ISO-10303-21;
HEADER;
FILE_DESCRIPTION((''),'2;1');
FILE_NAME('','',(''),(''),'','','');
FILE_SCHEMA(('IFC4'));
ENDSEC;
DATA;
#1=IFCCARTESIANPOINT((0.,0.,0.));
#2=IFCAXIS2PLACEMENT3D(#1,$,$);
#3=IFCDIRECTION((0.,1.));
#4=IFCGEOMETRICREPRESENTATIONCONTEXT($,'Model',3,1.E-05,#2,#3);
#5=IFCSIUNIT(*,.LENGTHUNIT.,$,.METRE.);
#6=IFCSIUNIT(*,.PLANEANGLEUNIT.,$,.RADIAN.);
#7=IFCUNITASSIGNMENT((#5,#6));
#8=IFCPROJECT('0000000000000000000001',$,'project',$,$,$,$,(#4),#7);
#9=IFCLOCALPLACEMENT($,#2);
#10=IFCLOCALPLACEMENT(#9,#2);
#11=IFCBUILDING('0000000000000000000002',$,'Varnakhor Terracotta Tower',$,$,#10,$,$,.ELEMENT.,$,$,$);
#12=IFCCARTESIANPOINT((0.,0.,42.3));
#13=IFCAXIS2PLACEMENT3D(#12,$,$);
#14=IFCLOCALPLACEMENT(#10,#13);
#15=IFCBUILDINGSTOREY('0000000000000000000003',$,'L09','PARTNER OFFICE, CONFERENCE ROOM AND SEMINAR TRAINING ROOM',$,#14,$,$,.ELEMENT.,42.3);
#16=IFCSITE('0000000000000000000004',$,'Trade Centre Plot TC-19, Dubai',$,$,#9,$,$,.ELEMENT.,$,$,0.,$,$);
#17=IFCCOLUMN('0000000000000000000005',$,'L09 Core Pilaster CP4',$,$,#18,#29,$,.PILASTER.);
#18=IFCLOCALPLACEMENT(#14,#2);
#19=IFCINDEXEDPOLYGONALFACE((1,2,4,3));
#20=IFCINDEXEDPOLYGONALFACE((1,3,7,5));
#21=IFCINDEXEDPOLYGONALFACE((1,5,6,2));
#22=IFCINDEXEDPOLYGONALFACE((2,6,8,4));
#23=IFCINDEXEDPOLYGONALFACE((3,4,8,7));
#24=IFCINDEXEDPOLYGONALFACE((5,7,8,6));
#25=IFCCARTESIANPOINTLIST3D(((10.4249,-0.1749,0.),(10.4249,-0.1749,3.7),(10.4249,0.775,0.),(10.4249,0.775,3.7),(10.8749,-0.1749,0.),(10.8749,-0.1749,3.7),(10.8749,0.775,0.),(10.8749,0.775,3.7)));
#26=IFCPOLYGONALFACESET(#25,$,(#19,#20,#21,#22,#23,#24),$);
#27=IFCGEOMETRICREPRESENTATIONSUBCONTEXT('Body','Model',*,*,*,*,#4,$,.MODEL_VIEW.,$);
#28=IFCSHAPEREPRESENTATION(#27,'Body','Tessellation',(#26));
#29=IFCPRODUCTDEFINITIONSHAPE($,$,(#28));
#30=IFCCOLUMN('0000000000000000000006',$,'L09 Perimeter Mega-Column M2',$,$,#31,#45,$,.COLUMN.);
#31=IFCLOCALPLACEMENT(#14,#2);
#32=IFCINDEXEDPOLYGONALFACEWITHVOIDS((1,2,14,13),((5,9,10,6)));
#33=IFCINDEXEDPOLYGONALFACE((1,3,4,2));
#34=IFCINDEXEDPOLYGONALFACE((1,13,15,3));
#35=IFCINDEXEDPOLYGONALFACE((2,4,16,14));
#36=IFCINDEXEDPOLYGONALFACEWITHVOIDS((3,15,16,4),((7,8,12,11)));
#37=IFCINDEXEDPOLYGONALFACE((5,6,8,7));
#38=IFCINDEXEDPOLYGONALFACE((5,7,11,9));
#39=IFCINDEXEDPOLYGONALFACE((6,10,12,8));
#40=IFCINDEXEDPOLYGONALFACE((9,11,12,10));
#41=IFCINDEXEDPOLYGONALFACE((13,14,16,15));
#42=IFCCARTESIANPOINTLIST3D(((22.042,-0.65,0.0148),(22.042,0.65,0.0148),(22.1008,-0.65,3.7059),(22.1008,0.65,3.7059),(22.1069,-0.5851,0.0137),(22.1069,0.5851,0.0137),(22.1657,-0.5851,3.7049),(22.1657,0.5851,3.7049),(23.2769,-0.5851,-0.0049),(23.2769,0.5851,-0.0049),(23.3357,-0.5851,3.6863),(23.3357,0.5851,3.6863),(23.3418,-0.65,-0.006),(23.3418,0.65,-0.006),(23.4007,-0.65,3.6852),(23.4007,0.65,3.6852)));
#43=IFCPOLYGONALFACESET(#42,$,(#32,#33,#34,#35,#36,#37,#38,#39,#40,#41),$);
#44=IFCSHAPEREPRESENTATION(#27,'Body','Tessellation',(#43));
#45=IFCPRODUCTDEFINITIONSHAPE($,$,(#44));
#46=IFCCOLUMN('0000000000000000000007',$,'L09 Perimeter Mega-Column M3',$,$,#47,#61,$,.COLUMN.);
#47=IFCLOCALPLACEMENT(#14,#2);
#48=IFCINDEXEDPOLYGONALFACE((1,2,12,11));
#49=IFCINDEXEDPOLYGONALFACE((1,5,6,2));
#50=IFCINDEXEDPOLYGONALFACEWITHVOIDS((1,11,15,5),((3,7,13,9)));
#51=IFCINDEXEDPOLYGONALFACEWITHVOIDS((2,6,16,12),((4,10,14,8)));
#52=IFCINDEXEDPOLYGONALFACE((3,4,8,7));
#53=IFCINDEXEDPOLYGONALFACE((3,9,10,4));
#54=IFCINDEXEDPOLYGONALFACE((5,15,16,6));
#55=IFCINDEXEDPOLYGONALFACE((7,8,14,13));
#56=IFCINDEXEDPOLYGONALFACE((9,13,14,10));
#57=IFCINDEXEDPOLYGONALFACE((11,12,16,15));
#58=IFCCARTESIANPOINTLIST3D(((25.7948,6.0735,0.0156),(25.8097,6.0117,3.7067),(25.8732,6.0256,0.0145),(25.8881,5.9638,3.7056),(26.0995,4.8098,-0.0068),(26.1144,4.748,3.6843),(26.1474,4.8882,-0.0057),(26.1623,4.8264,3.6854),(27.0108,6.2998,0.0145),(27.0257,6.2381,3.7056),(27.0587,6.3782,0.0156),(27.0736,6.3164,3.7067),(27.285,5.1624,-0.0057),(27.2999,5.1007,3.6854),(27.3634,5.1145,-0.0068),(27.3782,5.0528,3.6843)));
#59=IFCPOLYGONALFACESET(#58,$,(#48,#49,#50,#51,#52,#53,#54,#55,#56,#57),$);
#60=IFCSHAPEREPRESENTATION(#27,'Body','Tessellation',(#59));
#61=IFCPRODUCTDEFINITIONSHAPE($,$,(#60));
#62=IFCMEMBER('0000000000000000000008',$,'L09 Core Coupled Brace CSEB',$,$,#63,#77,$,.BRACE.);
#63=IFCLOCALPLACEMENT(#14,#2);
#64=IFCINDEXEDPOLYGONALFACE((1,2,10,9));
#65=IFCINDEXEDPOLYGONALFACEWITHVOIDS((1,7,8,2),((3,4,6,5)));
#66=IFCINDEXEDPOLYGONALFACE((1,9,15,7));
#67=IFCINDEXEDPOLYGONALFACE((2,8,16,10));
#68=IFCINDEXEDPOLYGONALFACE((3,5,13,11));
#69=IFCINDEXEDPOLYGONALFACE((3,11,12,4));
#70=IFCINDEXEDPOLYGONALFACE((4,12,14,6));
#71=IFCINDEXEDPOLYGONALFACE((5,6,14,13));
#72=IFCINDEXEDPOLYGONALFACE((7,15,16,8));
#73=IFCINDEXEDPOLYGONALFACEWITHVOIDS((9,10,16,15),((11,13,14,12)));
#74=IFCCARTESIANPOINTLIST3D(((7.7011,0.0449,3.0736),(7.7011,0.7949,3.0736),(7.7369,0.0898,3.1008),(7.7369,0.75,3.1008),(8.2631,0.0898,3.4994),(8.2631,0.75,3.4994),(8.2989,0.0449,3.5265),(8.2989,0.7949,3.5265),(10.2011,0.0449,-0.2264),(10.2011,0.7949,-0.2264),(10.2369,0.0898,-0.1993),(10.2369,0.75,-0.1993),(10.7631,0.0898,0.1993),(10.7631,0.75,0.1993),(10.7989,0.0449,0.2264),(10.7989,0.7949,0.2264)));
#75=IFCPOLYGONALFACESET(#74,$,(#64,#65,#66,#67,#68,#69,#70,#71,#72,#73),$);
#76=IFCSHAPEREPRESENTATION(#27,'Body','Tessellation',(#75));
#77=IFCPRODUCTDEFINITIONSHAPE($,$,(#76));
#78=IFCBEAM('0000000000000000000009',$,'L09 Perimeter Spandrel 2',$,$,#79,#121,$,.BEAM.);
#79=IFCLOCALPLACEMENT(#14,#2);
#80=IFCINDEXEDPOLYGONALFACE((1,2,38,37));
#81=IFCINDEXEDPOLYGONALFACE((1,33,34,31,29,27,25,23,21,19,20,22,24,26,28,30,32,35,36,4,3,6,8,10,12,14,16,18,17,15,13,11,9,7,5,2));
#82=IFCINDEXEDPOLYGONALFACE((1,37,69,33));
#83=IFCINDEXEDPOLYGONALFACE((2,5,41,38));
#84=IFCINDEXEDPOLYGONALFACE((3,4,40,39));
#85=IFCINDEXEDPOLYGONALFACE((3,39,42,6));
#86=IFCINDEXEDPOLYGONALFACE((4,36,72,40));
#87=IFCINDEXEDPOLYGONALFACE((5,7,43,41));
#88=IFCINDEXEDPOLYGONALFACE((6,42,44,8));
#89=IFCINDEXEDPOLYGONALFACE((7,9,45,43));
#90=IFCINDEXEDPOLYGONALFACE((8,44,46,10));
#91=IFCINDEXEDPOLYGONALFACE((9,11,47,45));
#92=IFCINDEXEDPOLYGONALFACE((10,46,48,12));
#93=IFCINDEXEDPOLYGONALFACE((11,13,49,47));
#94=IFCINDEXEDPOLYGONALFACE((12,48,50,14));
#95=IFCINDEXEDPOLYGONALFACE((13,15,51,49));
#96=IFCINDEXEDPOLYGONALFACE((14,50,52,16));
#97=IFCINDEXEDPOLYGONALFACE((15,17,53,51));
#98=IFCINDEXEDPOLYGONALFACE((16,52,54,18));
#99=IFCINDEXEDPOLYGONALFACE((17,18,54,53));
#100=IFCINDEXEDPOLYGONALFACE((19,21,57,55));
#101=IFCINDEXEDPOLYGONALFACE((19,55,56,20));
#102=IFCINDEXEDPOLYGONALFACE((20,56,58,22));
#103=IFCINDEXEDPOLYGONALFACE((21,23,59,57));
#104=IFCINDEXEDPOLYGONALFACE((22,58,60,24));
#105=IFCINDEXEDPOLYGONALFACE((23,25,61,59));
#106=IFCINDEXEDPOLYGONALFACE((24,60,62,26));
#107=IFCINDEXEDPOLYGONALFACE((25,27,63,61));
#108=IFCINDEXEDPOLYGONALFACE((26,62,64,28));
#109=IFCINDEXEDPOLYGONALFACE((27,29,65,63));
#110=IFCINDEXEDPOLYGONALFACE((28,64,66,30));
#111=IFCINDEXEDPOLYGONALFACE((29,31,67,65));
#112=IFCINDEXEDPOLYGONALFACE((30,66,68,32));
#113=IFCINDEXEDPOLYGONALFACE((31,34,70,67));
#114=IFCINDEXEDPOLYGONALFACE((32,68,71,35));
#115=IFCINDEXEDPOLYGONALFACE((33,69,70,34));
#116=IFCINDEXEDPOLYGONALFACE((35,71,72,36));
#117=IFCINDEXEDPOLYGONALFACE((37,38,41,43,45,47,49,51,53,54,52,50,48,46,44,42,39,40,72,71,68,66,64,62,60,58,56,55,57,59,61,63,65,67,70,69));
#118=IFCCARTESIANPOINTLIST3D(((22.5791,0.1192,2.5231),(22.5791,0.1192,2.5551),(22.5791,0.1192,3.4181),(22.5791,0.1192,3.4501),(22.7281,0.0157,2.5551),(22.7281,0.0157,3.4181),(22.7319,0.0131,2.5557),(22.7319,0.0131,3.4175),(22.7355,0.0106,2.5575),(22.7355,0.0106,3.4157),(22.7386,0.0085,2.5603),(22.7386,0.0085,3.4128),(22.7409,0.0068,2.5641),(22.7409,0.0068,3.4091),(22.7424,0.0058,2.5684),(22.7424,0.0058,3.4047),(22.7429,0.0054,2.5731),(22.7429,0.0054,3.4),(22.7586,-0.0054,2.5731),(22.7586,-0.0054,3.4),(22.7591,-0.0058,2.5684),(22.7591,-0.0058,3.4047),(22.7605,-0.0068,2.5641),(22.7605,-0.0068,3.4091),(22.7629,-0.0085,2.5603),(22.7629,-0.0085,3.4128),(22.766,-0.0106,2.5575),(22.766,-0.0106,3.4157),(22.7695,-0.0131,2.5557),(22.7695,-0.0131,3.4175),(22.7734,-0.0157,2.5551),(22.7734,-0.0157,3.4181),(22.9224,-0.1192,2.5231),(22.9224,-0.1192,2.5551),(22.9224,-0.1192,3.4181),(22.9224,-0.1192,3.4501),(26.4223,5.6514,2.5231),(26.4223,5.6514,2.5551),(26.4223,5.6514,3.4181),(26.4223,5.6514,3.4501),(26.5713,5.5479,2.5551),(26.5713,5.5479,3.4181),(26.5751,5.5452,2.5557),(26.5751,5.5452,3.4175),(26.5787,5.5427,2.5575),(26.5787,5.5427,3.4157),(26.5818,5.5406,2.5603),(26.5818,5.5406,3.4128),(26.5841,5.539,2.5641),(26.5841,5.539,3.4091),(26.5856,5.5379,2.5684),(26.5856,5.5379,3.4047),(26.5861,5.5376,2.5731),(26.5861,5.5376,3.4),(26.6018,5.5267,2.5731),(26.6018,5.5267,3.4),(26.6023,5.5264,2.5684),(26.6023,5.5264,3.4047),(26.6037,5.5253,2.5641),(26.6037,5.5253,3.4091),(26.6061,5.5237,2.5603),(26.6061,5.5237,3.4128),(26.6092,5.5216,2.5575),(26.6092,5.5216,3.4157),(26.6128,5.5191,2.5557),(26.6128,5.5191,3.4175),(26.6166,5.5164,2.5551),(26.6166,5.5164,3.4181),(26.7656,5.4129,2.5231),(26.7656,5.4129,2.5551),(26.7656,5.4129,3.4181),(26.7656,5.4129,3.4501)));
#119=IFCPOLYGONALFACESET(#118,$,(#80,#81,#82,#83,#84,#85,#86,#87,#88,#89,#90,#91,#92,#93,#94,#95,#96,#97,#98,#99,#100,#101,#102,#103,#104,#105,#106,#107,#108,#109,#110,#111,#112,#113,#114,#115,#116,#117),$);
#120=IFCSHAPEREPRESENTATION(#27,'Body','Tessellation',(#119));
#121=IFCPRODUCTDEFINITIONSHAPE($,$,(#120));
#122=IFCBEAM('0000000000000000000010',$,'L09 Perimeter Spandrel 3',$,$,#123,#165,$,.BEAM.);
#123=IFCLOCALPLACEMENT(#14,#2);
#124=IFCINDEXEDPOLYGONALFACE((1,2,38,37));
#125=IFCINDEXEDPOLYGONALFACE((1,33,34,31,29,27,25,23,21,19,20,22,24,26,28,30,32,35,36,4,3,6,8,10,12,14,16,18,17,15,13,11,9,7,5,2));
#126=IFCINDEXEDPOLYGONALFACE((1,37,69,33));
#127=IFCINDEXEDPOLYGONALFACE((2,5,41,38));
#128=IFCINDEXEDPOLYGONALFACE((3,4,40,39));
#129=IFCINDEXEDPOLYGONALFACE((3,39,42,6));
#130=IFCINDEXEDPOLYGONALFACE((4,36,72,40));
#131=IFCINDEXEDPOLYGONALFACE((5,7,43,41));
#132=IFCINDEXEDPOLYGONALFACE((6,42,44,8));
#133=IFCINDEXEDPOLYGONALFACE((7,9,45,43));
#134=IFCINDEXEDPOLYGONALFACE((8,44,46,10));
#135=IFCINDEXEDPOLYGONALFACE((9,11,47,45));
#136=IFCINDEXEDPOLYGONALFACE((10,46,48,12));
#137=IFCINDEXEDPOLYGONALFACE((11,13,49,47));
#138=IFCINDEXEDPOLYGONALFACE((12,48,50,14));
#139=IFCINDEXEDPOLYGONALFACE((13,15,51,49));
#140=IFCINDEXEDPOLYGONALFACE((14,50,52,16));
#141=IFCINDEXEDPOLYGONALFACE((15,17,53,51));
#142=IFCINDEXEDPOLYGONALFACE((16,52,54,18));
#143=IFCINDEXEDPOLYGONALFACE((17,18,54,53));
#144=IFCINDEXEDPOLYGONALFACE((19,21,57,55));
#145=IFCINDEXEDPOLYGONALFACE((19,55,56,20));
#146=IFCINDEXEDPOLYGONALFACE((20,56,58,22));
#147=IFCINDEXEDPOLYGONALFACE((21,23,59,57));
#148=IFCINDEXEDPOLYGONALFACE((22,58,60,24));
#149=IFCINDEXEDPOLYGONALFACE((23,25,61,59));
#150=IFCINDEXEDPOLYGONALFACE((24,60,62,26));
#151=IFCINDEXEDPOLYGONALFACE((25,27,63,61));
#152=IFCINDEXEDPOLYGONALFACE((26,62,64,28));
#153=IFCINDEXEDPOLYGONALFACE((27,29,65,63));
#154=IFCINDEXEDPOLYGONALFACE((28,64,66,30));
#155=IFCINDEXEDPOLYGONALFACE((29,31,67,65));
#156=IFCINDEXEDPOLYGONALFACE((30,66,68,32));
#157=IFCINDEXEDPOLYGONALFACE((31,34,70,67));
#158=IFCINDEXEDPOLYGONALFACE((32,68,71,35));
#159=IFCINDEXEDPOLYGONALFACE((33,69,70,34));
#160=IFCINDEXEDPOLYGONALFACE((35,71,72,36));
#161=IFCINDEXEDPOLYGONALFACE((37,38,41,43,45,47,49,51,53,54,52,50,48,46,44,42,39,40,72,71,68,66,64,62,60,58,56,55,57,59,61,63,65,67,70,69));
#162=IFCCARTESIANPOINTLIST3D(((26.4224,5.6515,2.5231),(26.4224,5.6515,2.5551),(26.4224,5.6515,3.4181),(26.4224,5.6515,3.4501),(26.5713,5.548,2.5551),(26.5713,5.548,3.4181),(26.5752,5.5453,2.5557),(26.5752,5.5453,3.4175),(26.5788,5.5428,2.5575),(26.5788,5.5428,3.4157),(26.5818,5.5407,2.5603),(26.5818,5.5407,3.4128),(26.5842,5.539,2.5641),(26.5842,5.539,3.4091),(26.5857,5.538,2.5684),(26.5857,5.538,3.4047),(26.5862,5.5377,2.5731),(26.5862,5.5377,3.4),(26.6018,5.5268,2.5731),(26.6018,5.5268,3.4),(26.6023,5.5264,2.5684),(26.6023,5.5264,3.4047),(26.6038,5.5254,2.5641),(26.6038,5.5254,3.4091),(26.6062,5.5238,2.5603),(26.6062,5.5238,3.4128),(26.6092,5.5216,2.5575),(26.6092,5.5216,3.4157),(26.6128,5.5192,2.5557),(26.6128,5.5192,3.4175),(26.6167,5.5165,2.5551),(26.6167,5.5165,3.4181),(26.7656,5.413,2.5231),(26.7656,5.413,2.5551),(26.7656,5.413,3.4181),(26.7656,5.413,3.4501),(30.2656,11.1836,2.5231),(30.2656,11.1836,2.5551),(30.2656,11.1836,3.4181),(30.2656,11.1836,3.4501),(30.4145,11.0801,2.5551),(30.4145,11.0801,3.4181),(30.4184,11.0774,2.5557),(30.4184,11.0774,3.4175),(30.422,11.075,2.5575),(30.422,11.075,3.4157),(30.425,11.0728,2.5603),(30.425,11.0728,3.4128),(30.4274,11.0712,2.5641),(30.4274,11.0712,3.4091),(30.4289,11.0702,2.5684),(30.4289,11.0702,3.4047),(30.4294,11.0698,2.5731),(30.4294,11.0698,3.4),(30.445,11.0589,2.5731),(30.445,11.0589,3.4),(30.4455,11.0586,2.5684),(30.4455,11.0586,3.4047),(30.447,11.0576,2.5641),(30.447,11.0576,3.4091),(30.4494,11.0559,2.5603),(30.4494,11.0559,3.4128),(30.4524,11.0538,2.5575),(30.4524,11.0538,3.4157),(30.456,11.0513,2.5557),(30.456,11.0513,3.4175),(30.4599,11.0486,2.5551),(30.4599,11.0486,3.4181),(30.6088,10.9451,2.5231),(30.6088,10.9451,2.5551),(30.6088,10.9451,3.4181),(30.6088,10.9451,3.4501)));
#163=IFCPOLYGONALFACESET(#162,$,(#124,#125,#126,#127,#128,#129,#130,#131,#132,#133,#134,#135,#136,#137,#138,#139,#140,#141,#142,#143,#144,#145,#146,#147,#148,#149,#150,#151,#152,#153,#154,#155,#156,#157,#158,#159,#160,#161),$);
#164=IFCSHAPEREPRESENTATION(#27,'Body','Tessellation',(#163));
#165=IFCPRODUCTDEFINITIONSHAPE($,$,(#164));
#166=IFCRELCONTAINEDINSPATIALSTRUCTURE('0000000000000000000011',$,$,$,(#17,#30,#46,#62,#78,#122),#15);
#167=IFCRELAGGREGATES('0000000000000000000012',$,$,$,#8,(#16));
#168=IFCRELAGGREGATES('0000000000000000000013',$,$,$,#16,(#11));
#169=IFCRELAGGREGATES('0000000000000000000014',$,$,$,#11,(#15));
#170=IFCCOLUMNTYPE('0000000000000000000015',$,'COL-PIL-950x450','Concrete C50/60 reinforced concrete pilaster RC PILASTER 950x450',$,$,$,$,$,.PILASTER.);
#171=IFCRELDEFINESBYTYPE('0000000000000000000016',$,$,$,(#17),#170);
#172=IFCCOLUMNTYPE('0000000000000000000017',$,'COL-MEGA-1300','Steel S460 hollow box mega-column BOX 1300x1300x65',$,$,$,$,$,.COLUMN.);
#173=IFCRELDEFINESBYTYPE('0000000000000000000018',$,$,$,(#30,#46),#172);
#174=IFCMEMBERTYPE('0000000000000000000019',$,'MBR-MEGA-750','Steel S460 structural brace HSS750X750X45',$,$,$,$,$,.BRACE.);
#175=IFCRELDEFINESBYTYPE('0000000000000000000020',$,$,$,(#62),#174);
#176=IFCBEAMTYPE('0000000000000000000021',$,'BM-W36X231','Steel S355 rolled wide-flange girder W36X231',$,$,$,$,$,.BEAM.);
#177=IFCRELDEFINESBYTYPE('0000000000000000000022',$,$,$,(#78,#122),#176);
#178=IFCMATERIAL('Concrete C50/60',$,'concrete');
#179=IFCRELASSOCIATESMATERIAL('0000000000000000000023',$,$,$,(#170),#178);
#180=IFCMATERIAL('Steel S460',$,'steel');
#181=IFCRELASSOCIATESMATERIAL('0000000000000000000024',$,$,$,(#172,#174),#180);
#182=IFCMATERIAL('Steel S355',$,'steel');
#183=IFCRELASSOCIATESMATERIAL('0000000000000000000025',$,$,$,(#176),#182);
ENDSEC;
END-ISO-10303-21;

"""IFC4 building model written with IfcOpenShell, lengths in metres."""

from ifc_helpers import new_model, si_unit, direction, frame, origin, origin_2d, place, context, subcontext, project, spatial, rectangle, hollow_rectangle, i_section, extrude, source, transform, mapped, material, material_profile, profile_set, type_object, type_shapes, element, save


model = new_model("IFC4")

# Units and contexts
model_context = context("Model", 3, precision=1e-05, world=origin(), true_north=direction((0.0, 1.0)))
body_context = subcontext(model_context, "Body", "Model", "MODEL_VIEW")
ifc_project = project(units=[si_unit("LENGTHUNIT", "METRE"), si_unit("PLANEANGLEUNIT", "RADIAN")], contexts=[model_context])

# Site, building, storey
site_placement = place(None, origin())
site = spatial("IfcSite", under=ifc_project, at=site_placement, Name="Trade Centre Plot TC-19, Dubai", CompositionType="ELEMENT", RefElevation=0.0)
building_placement = place(site_placement, origin())
building = spatial("IfcBuilding", under=site, at=building_placement, Name="Varnakhor Terracotta Tower", CompositionType="ELEMENT")
storey_placement = place(building_placement, frame((0.0, 0.0, 42.3)))
storey = spatial("IfcBuildingStorey", under=building, at=storey_placement, Name="L09", Description="PARTNER OFFICE, CONFERENCE ROOM AND SEMINAR TRAINING ROOM", CompositionType="ELEMENT", Elevation=42.3)

# Columns
ifc_material_1 = material(Name="Concrete C50/60", Category="concrete")
ifc_material_profile_1 = material_profile(ifc_material_1, rectangle(XDim=0.45, YDim=0.95, at=origin_2d()), Name="RC PILASTER 950x450")
ifc_profile_set_1 = profile_set([ifc_material_profile_1], Name="Concrete C50/60")
column_type_1 = type_object("IfcColumnType", Name="COL-PIL-950x450", Description="Concrete C50/60 reinforced concrete pilaster RC PILASTER 950x450", PredefinedType="PILASTER", material=ifc_profile_set_1)
shared_shape_1 = source(origin(), body_context, "Body", "SweptSolid", [
    extrude(rectangle(XDim=0.45, YDim=0.95, at=origin_2d()), origin(), (0.0, 0.0, 1.0), 3.7),
])
column_placement = place(storey_placement, frame((10.6499, 0.3, 0.0), z_axis=(0.0, 0.0, 1.0), x_axis=(1.0, 0.0, 0.0)))
element("IfcColumn", 1, at=column_placement, inside=storey, type_object=column_type_1, Name="L09 Core Pilaster CP4", PredefinedType="PILASTER", context=body_context, shape_type="MappedRepresentation", body=[
    mapped(shared_shape_1, transform((0.0, 0.0, 0.0), scale=1.0)),
])
ifc_material_2 = material(Name="Steel S460", Category="steel")
ifc_material_profile_2 = material_profile(ifc_material_2, hollow_rectangle(XDim=1.3, YDim=1.3, WallThickness=0.0649, at=origin_2d()), Name="BOX 1300x1300x65")
ifc_profile_set_2 = profile_set([ifc_material_profile_2], Name="Steel S460")
column_type_2 = type_object("IfcColumnType", Name="COL-MEGA-1300", Description="Steel S460 hollow box mega-column BOX 1300x1300x65", PredefinedType="COLUMN", material=ifc_profile_set_2)
shared_shape_2 = source(origin(), body_context, "Body", "SweptSolid", [
    extrude(hollow_rectangle(XDim=1.3, YDim=1.3, WallThickness=0.0649, at=origin_2d()), origin(), (0.0, 0.0, 1.0), 3.6917),
])
for number, where, z_axis, x_axis, name in (
    (2, (22.6919, 0.0, 0.0044), (0.015938, 0.0, 0.999873), (0.0, 1.0, 0.0), "L09 Perimeter Mega-Column M2"),
    (3, (26.5791, 5.594, 0.0044), (0.004034, -0.016731, 0.999852), (0.972143, 0.23439, 0.0), "L09 Perimeter Mega-Column M3"),
):
    element("IfcColumn", number, at=place(storey_placement, frame(where, z_axis=z_axis, x_axis=x_axis)), inside=storey, type_object=column_type_2, Name=name, PredefinedType="COLUMN", context=body_context, shape_type="MappedRepresentation", body=[
        mapped(shared_shape_2, transform((0.0, 0.0, 0.0), scale=1.0)),
    ])

# Member
ifc_material_profile_3 = material_profile(ifc_material_2, hollow_rectangle(XDim=0.75, YDim=0.75, WallThickness=0.0449, at=origin_2d()), Name="HSS750X750X45")
ifc_profile_set_3 = profile_set([ifc_material_profile_3], Name="Steel S460")
member_type_1 = type_object("IfcMemberType", Name="MBR-MEGA-750", Description="Steel S460 structural brace HSS750X750X45", PredefinedType="BRACE", material=ifc_profile_set_3)
shared_shape_3 = source(origin(), body_context, "Body", "SweptSolid", [
    extrude(hollow_rectangle(XDim=0.75, YDim=0.75, WallThickness=0.0449, at=origin_2d()), origin(), (0.0, 0.0, 1.0), 4.1401),
])
type_shapes(member_type_1, [shared_shape_3])
member_1_placement = place(storey_placement, frame((10.5, 0.4199, 0.0), z_axis=(-0.603852, 0.0, 0.797096), x_axis=(0.0, -1.0, 0.0)))
element("IfcMember", 4, at=member_1_placement, inside=storey, type_object=member_type_1, Name="L09 Core Coupled Brace CSEB", PredefinedType="BRACE", context=body_context, shape_type="MappedRepresentation", body=[
    mapped(shared_shape_3, transform((0.0, 0.0, 0.0), scale=1.0)),
])

# Beams
ifc_material_3 = material(Name="Steel S355", Category="steel")
ifc_material_profile_4 = material_profile(ifc_material_3, i_section(OverallWidth=0.418, OverallDepth=0.927, WebThickness=0.019, FlangeThickness=0.032, FilletRadius=0.0181, at=origin_2d()), Name="W36X231")
ifc_profile_set_4 = profile_set([ifc_material_profile_4], Name="Steel S355")
beam_type_1 = type_object("IfcBeamType", Name="BM-W36X231", Description="Steel S355 rolled wide-flange girder W36X231", PredefinedType="BEAM", material=ifc_profile_set_4)
shared_shape_4 = source(origin(), body_context, "Body", "SweptSolid", [
    extrude(i_section(OverallWidth=0.418, OverallDepth=0.927, WebThickness=0.019, FlangeThickness=0.032, FilletRadius=0.0181, at=origin_2d()), origin(), (0.0, 0.0, 1.0), 6.7361),
])
for number, where, z_axis, x_axis, name in (
    (5, (22.7507, 0.0, 2.9866), (0.57054, 0.82127, 0.0), (-0.82127, 0.57054, 0.0), "L09 Perimeter Spandrel 2"),
    (6, (26.594, 5.5322, 2.9866), (0.57054, 0.82127, 0.0), (-0.82127, 0.57054, 0.0), "L09 Perimeter Spandrel 3"),
):
    element("IfcBeam", number, at=place(storey_placement, frame(where, z_axis=z_axis, x_axis=x_axis)), inside=storey, type_object=beam_type_1, Name=name, PredefinedType="BEAM", context=body_context, shape_type="MappedRepresentation", body=[
        mapped(shared_shape_4, transform((0.0, 0.0, 0.0), scale=1.0)),
    ])

save(model, "model.ifc")
